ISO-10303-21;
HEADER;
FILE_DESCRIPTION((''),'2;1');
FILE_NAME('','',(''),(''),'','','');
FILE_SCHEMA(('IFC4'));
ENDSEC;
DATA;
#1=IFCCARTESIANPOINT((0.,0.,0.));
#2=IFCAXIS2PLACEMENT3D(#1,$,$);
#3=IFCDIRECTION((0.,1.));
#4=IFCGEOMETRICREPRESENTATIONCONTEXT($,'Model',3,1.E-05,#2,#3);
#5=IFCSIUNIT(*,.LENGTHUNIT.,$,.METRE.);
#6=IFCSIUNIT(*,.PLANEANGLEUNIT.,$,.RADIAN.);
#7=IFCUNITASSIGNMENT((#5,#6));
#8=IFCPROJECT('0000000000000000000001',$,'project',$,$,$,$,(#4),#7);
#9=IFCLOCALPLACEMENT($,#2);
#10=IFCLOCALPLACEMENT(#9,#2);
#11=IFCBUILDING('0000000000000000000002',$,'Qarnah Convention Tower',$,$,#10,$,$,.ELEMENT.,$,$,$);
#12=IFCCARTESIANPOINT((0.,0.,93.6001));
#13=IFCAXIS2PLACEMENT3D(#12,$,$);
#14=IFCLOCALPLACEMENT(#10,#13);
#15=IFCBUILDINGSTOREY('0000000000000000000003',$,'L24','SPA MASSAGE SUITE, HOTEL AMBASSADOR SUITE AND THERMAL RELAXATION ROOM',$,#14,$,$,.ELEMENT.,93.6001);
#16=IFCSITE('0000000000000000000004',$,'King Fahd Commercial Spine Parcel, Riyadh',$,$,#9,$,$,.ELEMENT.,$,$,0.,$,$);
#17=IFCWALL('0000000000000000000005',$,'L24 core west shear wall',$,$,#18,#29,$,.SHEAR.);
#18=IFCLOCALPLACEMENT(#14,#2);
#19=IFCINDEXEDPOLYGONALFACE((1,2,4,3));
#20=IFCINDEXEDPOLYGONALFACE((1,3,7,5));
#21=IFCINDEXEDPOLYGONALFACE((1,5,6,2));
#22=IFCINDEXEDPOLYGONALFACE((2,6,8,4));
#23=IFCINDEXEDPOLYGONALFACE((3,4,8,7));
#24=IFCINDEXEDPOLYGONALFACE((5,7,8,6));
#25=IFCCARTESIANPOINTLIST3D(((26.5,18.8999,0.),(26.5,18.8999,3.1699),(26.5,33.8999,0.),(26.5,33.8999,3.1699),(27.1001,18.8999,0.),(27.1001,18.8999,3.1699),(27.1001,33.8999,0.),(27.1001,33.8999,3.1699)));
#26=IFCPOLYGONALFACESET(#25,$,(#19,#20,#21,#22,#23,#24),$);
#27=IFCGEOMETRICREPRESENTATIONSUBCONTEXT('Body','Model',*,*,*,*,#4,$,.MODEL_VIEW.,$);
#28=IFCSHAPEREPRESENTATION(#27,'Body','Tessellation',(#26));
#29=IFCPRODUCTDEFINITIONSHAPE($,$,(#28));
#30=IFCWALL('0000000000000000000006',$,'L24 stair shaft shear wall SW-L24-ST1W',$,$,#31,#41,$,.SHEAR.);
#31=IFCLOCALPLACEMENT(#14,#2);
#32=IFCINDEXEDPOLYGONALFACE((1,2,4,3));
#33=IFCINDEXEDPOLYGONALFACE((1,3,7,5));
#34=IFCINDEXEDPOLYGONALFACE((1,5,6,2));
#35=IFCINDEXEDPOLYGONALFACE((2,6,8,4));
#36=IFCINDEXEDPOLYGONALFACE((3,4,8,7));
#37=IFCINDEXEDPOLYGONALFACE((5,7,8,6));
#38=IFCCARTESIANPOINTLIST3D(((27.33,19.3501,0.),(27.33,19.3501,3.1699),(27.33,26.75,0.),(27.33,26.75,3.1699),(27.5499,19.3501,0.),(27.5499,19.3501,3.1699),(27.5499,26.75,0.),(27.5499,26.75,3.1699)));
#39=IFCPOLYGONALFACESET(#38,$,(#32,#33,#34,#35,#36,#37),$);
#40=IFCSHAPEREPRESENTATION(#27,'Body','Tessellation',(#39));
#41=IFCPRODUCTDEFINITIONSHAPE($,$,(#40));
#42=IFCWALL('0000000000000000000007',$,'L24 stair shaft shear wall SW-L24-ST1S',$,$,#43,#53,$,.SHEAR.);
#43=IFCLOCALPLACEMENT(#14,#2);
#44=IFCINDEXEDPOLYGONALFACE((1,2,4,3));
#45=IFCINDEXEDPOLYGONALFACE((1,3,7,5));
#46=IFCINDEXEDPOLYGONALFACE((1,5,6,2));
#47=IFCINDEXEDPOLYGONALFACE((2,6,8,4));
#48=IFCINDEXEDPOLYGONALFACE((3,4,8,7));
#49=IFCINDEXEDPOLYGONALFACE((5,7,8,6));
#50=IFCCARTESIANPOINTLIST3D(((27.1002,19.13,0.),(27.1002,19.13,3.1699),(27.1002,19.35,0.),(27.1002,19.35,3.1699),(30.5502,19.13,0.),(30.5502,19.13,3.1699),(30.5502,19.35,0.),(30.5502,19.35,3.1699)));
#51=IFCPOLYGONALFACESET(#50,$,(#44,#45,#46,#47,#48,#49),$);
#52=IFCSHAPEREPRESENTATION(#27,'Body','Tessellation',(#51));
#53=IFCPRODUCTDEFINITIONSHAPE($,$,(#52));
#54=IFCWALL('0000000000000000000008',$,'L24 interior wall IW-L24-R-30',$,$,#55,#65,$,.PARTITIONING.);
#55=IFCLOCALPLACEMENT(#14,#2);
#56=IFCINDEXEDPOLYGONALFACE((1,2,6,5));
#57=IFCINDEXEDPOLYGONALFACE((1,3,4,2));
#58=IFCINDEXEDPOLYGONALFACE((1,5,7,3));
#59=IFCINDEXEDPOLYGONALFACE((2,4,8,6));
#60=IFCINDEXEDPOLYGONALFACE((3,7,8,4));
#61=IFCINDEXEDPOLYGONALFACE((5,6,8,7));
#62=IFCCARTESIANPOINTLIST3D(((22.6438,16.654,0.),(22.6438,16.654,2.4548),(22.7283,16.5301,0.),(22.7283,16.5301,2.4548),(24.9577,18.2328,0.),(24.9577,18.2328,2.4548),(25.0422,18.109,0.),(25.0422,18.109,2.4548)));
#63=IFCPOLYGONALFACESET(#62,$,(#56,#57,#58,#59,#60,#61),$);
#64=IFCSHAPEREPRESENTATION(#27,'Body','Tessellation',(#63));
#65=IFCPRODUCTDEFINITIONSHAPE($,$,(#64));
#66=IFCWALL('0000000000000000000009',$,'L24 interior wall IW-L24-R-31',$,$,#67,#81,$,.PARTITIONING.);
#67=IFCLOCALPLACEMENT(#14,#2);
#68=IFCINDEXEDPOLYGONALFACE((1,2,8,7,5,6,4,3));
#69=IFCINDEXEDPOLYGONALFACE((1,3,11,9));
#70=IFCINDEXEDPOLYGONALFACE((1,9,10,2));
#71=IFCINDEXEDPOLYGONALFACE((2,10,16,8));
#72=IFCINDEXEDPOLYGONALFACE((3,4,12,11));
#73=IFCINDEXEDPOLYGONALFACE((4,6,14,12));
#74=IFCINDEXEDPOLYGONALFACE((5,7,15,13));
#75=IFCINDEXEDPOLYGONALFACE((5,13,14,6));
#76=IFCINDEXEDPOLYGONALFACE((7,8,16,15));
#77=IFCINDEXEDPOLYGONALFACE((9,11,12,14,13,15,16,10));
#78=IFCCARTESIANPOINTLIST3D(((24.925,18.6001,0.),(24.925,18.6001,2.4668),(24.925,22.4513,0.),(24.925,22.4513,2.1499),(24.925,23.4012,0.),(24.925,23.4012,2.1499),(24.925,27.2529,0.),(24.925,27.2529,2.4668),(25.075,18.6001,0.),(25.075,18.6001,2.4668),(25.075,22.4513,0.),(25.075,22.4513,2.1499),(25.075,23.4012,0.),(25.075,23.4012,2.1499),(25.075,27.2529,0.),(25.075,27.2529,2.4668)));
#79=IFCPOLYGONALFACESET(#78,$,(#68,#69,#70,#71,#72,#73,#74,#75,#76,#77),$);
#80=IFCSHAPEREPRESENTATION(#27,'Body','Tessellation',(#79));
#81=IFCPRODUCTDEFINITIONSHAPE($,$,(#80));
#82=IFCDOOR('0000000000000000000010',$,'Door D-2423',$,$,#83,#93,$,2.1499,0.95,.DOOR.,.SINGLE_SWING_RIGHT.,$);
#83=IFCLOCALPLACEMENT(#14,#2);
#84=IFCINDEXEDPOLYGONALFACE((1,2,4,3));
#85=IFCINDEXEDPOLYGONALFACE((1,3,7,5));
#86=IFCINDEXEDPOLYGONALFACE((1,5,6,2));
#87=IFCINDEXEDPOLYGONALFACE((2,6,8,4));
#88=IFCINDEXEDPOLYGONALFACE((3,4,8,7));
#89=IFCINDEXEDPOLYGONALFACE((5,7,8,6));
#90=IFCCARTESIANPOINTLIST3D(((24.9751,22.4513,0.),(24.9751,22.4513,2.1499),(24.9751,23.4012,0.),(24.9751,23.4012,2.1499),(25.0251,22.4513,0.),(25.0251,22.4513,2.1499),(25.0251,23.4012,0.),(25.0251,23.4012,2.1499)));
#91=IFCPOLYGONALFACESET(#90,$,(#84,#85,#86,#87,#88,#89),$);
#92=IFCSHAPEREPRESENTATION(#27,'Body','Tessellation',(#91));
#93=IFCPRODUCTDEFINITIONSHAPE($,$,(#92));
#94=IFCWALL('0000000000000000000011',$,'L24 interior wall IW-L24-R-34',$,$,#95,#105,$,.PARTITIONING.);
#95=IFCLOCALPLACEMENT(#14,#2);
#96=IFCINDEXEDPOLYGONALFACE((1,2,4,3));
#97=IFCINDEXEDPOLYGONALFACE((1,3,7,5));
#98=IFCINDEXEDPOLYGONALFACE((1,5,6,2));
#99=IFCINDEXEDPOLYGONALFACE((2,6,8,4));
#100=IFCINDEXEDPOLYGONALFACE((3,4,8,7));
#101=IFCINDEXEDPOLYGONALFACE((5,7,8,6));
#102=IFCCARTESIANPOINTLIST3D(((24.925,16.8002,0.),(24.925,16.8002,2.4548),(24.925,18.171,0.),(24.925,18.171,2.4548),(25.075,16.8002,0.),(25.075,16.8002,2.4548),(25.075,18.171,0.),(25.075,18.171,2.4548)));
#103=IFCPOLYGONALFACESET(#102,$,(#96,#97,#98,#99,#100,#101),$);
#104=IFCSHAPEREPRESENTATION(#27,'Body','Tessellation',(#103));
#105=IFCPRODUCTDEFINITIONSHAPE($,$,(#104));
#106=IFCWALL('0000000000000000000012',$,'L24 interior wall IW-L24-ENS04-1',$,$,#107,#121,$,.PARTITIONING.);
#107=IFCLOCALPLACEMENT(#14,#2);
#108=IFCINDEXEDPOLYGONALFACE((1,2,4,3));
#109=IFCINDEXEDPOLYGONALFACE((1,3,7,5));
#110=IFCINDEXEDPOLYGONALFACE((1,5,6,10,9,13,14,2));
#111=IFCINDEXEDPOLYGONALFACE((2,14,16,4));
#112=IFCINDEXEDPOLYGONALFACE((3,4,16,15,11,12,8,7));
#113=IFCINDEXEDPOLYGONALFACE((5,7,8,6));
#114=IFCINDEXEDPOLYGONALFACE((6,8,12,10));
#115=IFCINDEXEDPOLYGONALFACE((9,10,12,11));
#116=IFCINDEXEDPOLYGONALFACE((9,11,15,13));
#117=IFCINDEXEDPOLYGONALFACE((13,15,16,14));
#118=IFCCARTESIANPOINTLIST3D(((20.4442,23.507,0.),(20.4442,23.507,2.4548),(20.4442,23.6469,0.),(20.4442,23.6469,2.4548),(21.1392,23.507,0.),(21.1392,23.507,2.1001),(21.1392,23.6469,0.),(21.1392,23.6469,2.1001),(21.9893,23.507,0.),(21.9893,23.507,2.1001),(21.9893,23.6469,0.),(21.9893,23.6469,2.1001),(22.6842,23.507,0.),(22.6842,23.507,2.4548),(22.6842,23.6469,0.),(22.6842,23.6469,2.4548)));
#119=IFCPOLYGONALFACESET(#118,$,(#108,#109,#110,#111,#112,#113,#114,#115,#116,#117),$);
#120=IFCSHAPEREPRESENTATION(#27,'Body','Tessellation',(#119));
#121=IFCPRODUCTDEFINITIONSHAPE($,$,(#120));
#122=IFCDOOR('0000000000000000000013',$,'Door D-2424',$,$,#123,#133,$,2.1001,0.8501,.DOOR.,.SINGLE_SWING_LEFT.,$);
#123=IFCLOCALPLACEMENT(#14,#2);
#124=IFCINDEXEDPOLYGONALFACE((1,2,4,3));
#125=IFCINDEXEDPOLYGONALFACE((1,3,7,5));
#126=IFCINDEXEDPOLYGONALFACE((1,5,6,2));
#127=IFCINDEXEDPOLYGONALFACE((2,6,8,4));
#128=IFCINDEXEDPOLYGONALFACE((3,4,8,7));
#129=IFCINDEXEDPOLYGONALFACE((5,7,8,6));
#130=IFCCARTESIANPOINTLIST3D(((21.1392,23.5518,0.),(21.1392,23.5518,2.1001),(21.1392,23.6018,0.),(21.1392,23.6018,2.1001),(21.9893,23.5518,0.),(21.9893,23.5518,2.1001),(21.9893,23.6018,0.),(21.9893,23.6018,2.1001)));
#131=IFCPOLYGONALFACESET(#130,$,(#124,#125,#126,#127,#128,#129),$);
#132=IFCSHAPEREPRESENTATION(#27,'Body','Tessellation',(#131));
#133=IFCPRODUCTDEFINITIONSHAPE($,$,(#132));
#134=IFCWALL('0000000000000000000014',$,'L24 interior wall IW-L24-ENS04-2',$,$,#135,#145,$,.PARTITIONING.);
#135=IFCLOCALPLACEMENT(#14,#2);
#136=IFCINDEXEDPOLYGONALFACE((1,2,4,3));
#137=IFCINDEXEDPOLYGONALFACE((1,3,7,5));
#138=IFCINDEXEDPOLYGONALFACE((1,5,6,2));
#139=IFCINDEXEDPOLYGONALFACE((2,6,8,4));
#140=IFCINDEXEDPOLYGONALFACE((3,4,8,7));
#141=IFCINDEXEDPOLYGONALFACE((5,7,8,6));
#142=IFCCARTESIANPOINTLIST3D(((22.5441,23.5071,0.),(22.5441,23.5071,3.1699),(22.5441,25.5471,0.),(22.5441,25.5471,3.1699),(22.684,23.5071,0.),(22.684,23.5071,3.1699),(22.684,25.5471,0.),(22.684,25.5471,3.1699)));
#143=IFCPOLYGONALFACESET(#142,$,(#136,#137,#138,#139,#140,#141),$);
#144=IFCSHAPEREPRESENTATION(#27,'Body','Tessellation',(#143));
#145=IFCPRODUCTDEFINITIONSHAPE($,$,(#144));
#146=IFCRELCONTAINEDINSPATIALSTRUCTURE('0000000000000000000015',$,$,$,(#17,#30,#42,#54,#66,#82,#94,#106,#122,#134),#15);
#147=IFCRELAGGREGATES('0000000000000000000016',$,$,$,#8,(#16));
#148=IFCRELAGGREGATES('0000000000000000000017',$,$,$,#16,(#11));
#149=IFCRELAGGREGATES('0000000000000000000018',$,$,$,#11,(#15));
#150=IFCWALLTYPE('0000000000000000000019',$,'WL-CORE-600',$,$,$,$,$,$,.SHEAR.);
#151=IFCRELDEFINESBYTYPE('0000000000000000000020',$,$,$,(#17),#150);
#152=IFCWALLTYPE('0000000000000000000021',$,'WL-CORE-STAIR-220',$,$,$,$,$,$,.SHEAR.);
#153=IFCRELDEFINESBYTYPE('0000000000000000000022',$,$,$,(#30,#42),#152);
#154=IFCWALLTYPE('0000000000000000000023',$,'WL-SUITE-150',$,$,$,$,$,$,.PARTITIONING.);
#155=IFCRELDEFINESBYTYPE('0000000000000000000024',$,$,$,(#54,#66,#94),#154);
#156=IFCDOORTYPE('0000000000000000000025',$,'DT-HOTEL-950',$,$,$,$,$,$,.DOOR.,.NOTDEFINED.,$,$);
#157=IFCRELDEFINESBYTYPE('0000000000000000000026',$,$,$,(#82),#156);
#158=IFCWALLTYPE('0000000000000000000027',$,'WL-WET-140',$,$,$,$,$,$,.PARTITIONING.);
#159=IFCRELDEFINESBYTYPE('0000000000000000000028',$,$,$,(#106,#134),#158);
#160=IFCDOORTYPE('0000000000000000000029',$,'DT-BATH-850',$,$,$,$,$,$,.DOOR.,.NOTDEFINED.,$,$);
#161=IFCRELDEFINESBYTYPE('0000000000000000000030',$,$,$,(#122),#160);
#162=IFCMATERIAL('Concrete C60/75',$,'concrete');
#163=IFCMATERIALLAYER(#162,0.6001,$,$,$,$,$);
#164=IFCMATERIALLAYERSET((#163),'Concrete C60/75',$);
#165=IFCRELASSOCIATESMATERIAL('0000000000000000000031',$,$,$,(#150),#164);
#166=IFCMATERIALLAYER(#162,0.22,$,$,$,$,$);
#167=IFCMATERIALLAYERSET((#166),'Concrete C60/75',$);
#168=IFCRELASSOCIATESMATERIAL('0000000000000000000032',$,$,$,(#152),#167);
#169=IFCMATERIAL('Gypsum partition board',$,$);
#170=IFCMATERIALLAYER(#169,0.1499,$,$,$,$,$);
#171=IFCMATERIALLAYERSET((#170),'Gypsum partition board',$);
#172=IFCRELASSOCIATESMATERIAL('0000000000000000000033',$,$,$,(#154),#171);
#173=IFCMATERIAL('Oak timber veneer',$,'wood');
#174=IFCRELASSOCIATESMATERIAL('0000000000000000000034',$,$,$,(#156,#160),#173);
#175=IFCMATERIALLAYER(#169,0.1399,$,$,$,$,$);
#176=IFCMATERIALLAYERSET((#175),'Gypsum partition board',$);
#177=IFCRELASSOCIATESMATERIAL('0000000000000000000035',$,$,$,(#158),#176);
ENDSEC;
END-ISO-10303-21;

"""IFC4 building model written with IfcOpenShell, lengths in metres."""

from ifc_helpers import new_model, si_unit, direction, frame, frame_2d, origin, place, context, subcontext, project, spatial, rectangle, extrude, material, layer, layer_set, type_object, element, fill, save


model = new_model("IFC4")

# Units and contexts
model_context = context("Model", 3, precision=1e-05, world=origin(), true_north=direction((0.0, 1.0)))
body_context = subcontext(model_context, "Body", "Model", "MODEL_VIEW")
ifc_project = project(units=[si_unit("LENGTHUNIT", "METRE"), si_unit("PLANEANGLEUNIT", "RADIAN")], contexts=[model_context])

# Site, building, storey
site_placement = place(None, origin())
site = spatial("IfcSite", under=ifc_project, at=site_placement, Name="King Fahd Commercial Spine Parcel, Riyadh", CompositionType="ELEMENT", RefElevation=0.0)
building_placement = place(site_placement, origin())
building = spatial("IfcBuilding", under=site, at=building_placement, Name="Qarnah Convention Tower", CompositionType="ELEMENT")
storey_placement = place(building_placement, frame((0.0, 0.0, 93.6001)))
storey = spatial("IfcBuildingStorey", under=building, at=storey_placement, Name="L24", Description="SPA MASSAGE SUITE, HOTEL AMBASSADOR SUITE AND THERMAL RELAXATION ROOM", CompositionType="ELEMENT", Elevation=93.6001)

# Shared definitions
ifc_material_1 = material(Name="Concrete C60/75", Category="concrete")

# Shared definitions
ifc_layer_1 = layer(ifc_material_1, 0.6001)
ifc_layer_set_1 = layer_set([ifc_layer_1], Name="Concrete C60/75")
wall_type_1 = type_object("IfcWallType", Name="WL-CORE-600", PredefinedType="SHEAR", material=ifc_layer_set_1)

# Walls
wall_1_placement = place(storey_placement, frame((26.8, 18.8999, 0.0), z_axis=(0.0, 0.0, 1.0), x_axis=(0.0, 1.0, 0.0)))
element("IfcWall", 1, at=wall_1_placement, inside=storey, type_object=wall_type_1, Name="L24 core west shear wall", PredefinedType="SHEAR", context=body_context, shape_type="SweptSolid", body=[
    extrude(rectangle(XDim=15.0, YDim=0.6001, at=frame_2d((7.5, 0.0))), origin(), (0.0, 0.0, 1.0), 3.1699),
])
ifc_layer_2 = layer(ifc_material_1, 0.22)
ifc_layer_set_2 = layer_set([ifc_layer_2], Name="Concrete C60/75")
wall_type_2 = type_object("IfcWallType", Name="WL-CORE-STAIR-220", PredefinedType="SHEAR", material=ifc_layer_set_2)
wall_2_placement = place(storey_placement, frame((27.4399, 19.3501, 0.0), z_axis=(0.0, 0.0, 1.0), x_axis=(0.0, 1.0, 0.0)))
element("IfcWall", 2, at=wall_2_placement, inside=storey, type_object=wall_type_2, Name="L24 stair shaft shear wall SW-L24-ST1W", PredefinedType="SHEAR", context=body_context, shape_type="SweptSolid", body=[
    extrude(rectangle(XDim=7.3999, YDim=0.22, at=frame_2d((3.7, 0.0))), origin(), (0.0, 0.0, 1.0), 3.1699),
])
wall_3_placement = place(storey_placement, frame((27.1001, 19.24, 0.0), z_axis=(0.0, 0.0, 1.0), x_axis=(1.0, 0.0, 0.0)))
element("IfcWall", 3, at=wall_3_placement, inside=storey, type_object=wall_type_2, Name="L24 stair shaft shear wall SW-L24-ST1S", PredefinedType="SHEAR", context=body_context, shape_type="SweptSolid", body=[
    extrude(rectangle(XDim=3.45, YDim=0.22, at=frame_2d((1.7251, 0.0))), origin(), (0.0, 0.0, 1.0), 3.1699),
])
ifc_material_2 = material(Name="Gypsum partition board")
ifc_layer_3 = layer(ifc_material_2, 0.1499)
ifc_layer_set_3 = layer_set([ifc_layer_3], Name="Gypsum partition board")
wall_type_3 = type_object("IfcWallType", Name="WL-SUITE-150", PredefinedType="PARTITIONING", material=ifc_layer_set_3)
wall_4_placement = place(storey_placement, frame((22.686, 16.592, 0.0), z_axis=(0.0, 0.0, 1.0), x_axis=(0.826036, 0.563618, 0.0)))
element("IfcWall", 4, at=wall_4_placement, inside=storey, type_object=wall_type_3, Name="L24 interior wall IW-L24-R-30", PredefinedType="PARTITIONING", context=body_context, shape_type="SweptSolid", body=[
    extrude(rectangle(XDim=2.8013, YDim=0.1499, at=frame_2d((1.4006, 0.0))), origin(), (0.0, 0.0, 1.0), 2.4548),
])

# Wall, opening, door
wall_5_placement = place(storey_placement, frame((25.0, 18.6001, 0.0), z_axis=(0.0, 0.0, 1.0), x_axis=(0.0, 1.0, 0.0)))
wall_5 = element("IfcWall", 5, at=wall_5_placement, inside=storey, type_object=wall_type_3, Name="L24 interior wall IW-L24-R-31", PredefinedType="PARTITIONING", context=body_context, shape_type="SweptSolid", body=[
    extrude(rectangle(XDim=8.6528, YDim=0.1499, at=frame_2d((4.3264, 0.0))), origin(), (0.0, 0.0, 1.0), 2.4668),
])
opening_1_placement = place(wall_5_placement, frame((3.8511, 0.0, 0.0)))
opening_1 = element("IfcOpeningElement", 6, at=opening_1_placement, cuts=wall_5, PredefinedType="OPENING", context=body_context, shape_type="SweptSolid", body=[
    extrude(rectangle(XDim=0.95, YDim=2.1499, at=frame_2d((0.4751, 1.075))), frame((0.0, 0.085, 0.0), z_axis=(0.0, -1.0, 0.0), x_axis=(1.0, 0.0, 0.0)), (0.0, 0.0, 1.0), 0.1699),
])
ifc_material_3 = material(Name="Oak timber veneer", Category="wood")
door_type_1 = type_object("IfcDoorType", Name="DT-HOTEL-950", OperationType="NOTDEFINED", PredefinedType="DOOR", material=ifc_material_3)
door_1_placement = place(opening_1_placement, origin())
door_1 = element("IfcDoor", 7, at=door_1_placement, inside=storey, type_object=door_type_1, Name="Door D-2423", OperationType="SINGLE_SWING_RIGHT", OverallHeight=2.1499, OverallWidth=0.95, PredefinedType="DOOR", context=body_context, shape_type="SweptSolid", body=[
    extrude(rectangle(XDim=0.95, YDim=2.1499, at=frame_2d((0.4751, 1.075))), frame((0.0, 0.0249, 0.0), z_axis=(0.0, -1.0, 0.0), x_axis=(1.0, 0.0, 0.0)), (0.0, 0.0, 1.0), 0.05),
])
fill(opening_1, door_1)

# Wall
wall_6_placement = place(storey_placement, frame((25.0, 16.8, 0.0), z_axis=(0.0, 0.0, 1.0), x_axis=(0.0, 1.0, 0.0)))
element("IfcWall", 8, at=wall_6_placement, inside=storey, type_object=wall_type_3, Name="L24 interior wall IW-L24-R-34", PredefinedType="PARTITIONING", context=body_context, shape_type="SweptSolid", body=[
    extrude(rectangle(XDim=1.3708, YDim=0.1499, at=frame_2d((0.6855, 0.0))), origin(), (0.0, 0.0, 1.0), 2.4548),
])

# Wall, opening, door
ifc_layer_4 = layer(ifc_material_2, 0.1399)
ifc_layer_set_4 = layer_set([ifc_layer_4], Name="Gypsum partition board")
wall_type_4 = type_object("IfcWallType", Name="WL-WET-140", PredefinedType="PARTITIONING", material=ifc_layer_set_4)
wall_7_placement = place(storey_placement, frame((20.4441, 23.5769, 0.0), z_axis=(0.0, 0.0, 1.0), x_axis=(1.0, 0.0, 0.0)))
wall_7 = element("IfcWall", 9, at=wall_7_placement, inside=storey, type_object=wall_type_4, Name="L24 interior wall IW-L24-ENS04-1", PredefinedType="PARTITIONING", context=body_context, shape_type="SweptSolid", body=[
    extrude(rectangle(XDim=2.24, YDim=0.1399, at=frame_2d((1.1201, 0.0))), origin(), (0.0, 0.0, 1.0), 2.4548),
])
opening_2_placement = place(wall_7_placement, frame((0.6951, 0.0, 0.0)))
opening_2 = element("IfcOpeningElement", 10, at=opening_2_placement, cuts=wall_7, PredefinedType="OPENING", context=body_context, shape_type="SweptSolid", body=[
    extrude(rectangle(XDim=0.8501, YDim=2.1001, at=frame_2d((0.425, 1.05))), frame((0.0, 0.0798, 0.0), z_axis=(0.0, -1.0, 0.0), x_axis=(1.0, 0.0, 0.0)), (0.0, 0.0, 1.0), 0.1599),
])
door_type_2 = type_object("IfcDoorType", Name="DT-BATH-850", OperationType="NOTDEFINED", PredefinedType="DOOR", material=ifc_material_3)
door_2_placement = place(opening_2_placement, origin())
door_2 = element("IfcDoor", 11, at=door_2_placement, inside=storey, type_object=door_type_2, Name="Door D-2424", OperationType="SINGLE_SWING_LEFT", OverallHeight=2.1001, OverallWidth=0.8501, PredefinedType="DOOR", context=body_context, shape_type="SweptSolid", body=[
    extrude(rectangle(XDim=0.8501, YDim=2.1001, at=frame_2d((0.425, 1.05))), frame((0.0, 0.0249, 0.0), z_axis=(0.0, -1.0, 0.0), x_axis=(1.0, 0.0, 0.0)), (0.0, 0.0, 1.0), 0.05),
])
fill(opening_2, door_2)

# Wall
wall_8_placement = place(storey_placement, frame((22.614, 23.5071, 0.0), z_axis=(0.0, 0.0, 1.0), x_axis=(0.0, 1.0, 0.0)))
element("IfcWall", 12, at=wall_8_placement, inside=storey, type_object=wall_type_4, Name="L24 interior wall IW-L24-ENS04-2", PredefinedType="PARTITIONING", context=body_context, shape_type="SweptSolid", body=[
    extrude(rectangle(XDim=2.04, YDim=0.1399, at=frame_2d((1.02, 0.0))), origin(), (0.0, 0.0, 1.0), 3.1699),
])

save(model, "model.ifc")
